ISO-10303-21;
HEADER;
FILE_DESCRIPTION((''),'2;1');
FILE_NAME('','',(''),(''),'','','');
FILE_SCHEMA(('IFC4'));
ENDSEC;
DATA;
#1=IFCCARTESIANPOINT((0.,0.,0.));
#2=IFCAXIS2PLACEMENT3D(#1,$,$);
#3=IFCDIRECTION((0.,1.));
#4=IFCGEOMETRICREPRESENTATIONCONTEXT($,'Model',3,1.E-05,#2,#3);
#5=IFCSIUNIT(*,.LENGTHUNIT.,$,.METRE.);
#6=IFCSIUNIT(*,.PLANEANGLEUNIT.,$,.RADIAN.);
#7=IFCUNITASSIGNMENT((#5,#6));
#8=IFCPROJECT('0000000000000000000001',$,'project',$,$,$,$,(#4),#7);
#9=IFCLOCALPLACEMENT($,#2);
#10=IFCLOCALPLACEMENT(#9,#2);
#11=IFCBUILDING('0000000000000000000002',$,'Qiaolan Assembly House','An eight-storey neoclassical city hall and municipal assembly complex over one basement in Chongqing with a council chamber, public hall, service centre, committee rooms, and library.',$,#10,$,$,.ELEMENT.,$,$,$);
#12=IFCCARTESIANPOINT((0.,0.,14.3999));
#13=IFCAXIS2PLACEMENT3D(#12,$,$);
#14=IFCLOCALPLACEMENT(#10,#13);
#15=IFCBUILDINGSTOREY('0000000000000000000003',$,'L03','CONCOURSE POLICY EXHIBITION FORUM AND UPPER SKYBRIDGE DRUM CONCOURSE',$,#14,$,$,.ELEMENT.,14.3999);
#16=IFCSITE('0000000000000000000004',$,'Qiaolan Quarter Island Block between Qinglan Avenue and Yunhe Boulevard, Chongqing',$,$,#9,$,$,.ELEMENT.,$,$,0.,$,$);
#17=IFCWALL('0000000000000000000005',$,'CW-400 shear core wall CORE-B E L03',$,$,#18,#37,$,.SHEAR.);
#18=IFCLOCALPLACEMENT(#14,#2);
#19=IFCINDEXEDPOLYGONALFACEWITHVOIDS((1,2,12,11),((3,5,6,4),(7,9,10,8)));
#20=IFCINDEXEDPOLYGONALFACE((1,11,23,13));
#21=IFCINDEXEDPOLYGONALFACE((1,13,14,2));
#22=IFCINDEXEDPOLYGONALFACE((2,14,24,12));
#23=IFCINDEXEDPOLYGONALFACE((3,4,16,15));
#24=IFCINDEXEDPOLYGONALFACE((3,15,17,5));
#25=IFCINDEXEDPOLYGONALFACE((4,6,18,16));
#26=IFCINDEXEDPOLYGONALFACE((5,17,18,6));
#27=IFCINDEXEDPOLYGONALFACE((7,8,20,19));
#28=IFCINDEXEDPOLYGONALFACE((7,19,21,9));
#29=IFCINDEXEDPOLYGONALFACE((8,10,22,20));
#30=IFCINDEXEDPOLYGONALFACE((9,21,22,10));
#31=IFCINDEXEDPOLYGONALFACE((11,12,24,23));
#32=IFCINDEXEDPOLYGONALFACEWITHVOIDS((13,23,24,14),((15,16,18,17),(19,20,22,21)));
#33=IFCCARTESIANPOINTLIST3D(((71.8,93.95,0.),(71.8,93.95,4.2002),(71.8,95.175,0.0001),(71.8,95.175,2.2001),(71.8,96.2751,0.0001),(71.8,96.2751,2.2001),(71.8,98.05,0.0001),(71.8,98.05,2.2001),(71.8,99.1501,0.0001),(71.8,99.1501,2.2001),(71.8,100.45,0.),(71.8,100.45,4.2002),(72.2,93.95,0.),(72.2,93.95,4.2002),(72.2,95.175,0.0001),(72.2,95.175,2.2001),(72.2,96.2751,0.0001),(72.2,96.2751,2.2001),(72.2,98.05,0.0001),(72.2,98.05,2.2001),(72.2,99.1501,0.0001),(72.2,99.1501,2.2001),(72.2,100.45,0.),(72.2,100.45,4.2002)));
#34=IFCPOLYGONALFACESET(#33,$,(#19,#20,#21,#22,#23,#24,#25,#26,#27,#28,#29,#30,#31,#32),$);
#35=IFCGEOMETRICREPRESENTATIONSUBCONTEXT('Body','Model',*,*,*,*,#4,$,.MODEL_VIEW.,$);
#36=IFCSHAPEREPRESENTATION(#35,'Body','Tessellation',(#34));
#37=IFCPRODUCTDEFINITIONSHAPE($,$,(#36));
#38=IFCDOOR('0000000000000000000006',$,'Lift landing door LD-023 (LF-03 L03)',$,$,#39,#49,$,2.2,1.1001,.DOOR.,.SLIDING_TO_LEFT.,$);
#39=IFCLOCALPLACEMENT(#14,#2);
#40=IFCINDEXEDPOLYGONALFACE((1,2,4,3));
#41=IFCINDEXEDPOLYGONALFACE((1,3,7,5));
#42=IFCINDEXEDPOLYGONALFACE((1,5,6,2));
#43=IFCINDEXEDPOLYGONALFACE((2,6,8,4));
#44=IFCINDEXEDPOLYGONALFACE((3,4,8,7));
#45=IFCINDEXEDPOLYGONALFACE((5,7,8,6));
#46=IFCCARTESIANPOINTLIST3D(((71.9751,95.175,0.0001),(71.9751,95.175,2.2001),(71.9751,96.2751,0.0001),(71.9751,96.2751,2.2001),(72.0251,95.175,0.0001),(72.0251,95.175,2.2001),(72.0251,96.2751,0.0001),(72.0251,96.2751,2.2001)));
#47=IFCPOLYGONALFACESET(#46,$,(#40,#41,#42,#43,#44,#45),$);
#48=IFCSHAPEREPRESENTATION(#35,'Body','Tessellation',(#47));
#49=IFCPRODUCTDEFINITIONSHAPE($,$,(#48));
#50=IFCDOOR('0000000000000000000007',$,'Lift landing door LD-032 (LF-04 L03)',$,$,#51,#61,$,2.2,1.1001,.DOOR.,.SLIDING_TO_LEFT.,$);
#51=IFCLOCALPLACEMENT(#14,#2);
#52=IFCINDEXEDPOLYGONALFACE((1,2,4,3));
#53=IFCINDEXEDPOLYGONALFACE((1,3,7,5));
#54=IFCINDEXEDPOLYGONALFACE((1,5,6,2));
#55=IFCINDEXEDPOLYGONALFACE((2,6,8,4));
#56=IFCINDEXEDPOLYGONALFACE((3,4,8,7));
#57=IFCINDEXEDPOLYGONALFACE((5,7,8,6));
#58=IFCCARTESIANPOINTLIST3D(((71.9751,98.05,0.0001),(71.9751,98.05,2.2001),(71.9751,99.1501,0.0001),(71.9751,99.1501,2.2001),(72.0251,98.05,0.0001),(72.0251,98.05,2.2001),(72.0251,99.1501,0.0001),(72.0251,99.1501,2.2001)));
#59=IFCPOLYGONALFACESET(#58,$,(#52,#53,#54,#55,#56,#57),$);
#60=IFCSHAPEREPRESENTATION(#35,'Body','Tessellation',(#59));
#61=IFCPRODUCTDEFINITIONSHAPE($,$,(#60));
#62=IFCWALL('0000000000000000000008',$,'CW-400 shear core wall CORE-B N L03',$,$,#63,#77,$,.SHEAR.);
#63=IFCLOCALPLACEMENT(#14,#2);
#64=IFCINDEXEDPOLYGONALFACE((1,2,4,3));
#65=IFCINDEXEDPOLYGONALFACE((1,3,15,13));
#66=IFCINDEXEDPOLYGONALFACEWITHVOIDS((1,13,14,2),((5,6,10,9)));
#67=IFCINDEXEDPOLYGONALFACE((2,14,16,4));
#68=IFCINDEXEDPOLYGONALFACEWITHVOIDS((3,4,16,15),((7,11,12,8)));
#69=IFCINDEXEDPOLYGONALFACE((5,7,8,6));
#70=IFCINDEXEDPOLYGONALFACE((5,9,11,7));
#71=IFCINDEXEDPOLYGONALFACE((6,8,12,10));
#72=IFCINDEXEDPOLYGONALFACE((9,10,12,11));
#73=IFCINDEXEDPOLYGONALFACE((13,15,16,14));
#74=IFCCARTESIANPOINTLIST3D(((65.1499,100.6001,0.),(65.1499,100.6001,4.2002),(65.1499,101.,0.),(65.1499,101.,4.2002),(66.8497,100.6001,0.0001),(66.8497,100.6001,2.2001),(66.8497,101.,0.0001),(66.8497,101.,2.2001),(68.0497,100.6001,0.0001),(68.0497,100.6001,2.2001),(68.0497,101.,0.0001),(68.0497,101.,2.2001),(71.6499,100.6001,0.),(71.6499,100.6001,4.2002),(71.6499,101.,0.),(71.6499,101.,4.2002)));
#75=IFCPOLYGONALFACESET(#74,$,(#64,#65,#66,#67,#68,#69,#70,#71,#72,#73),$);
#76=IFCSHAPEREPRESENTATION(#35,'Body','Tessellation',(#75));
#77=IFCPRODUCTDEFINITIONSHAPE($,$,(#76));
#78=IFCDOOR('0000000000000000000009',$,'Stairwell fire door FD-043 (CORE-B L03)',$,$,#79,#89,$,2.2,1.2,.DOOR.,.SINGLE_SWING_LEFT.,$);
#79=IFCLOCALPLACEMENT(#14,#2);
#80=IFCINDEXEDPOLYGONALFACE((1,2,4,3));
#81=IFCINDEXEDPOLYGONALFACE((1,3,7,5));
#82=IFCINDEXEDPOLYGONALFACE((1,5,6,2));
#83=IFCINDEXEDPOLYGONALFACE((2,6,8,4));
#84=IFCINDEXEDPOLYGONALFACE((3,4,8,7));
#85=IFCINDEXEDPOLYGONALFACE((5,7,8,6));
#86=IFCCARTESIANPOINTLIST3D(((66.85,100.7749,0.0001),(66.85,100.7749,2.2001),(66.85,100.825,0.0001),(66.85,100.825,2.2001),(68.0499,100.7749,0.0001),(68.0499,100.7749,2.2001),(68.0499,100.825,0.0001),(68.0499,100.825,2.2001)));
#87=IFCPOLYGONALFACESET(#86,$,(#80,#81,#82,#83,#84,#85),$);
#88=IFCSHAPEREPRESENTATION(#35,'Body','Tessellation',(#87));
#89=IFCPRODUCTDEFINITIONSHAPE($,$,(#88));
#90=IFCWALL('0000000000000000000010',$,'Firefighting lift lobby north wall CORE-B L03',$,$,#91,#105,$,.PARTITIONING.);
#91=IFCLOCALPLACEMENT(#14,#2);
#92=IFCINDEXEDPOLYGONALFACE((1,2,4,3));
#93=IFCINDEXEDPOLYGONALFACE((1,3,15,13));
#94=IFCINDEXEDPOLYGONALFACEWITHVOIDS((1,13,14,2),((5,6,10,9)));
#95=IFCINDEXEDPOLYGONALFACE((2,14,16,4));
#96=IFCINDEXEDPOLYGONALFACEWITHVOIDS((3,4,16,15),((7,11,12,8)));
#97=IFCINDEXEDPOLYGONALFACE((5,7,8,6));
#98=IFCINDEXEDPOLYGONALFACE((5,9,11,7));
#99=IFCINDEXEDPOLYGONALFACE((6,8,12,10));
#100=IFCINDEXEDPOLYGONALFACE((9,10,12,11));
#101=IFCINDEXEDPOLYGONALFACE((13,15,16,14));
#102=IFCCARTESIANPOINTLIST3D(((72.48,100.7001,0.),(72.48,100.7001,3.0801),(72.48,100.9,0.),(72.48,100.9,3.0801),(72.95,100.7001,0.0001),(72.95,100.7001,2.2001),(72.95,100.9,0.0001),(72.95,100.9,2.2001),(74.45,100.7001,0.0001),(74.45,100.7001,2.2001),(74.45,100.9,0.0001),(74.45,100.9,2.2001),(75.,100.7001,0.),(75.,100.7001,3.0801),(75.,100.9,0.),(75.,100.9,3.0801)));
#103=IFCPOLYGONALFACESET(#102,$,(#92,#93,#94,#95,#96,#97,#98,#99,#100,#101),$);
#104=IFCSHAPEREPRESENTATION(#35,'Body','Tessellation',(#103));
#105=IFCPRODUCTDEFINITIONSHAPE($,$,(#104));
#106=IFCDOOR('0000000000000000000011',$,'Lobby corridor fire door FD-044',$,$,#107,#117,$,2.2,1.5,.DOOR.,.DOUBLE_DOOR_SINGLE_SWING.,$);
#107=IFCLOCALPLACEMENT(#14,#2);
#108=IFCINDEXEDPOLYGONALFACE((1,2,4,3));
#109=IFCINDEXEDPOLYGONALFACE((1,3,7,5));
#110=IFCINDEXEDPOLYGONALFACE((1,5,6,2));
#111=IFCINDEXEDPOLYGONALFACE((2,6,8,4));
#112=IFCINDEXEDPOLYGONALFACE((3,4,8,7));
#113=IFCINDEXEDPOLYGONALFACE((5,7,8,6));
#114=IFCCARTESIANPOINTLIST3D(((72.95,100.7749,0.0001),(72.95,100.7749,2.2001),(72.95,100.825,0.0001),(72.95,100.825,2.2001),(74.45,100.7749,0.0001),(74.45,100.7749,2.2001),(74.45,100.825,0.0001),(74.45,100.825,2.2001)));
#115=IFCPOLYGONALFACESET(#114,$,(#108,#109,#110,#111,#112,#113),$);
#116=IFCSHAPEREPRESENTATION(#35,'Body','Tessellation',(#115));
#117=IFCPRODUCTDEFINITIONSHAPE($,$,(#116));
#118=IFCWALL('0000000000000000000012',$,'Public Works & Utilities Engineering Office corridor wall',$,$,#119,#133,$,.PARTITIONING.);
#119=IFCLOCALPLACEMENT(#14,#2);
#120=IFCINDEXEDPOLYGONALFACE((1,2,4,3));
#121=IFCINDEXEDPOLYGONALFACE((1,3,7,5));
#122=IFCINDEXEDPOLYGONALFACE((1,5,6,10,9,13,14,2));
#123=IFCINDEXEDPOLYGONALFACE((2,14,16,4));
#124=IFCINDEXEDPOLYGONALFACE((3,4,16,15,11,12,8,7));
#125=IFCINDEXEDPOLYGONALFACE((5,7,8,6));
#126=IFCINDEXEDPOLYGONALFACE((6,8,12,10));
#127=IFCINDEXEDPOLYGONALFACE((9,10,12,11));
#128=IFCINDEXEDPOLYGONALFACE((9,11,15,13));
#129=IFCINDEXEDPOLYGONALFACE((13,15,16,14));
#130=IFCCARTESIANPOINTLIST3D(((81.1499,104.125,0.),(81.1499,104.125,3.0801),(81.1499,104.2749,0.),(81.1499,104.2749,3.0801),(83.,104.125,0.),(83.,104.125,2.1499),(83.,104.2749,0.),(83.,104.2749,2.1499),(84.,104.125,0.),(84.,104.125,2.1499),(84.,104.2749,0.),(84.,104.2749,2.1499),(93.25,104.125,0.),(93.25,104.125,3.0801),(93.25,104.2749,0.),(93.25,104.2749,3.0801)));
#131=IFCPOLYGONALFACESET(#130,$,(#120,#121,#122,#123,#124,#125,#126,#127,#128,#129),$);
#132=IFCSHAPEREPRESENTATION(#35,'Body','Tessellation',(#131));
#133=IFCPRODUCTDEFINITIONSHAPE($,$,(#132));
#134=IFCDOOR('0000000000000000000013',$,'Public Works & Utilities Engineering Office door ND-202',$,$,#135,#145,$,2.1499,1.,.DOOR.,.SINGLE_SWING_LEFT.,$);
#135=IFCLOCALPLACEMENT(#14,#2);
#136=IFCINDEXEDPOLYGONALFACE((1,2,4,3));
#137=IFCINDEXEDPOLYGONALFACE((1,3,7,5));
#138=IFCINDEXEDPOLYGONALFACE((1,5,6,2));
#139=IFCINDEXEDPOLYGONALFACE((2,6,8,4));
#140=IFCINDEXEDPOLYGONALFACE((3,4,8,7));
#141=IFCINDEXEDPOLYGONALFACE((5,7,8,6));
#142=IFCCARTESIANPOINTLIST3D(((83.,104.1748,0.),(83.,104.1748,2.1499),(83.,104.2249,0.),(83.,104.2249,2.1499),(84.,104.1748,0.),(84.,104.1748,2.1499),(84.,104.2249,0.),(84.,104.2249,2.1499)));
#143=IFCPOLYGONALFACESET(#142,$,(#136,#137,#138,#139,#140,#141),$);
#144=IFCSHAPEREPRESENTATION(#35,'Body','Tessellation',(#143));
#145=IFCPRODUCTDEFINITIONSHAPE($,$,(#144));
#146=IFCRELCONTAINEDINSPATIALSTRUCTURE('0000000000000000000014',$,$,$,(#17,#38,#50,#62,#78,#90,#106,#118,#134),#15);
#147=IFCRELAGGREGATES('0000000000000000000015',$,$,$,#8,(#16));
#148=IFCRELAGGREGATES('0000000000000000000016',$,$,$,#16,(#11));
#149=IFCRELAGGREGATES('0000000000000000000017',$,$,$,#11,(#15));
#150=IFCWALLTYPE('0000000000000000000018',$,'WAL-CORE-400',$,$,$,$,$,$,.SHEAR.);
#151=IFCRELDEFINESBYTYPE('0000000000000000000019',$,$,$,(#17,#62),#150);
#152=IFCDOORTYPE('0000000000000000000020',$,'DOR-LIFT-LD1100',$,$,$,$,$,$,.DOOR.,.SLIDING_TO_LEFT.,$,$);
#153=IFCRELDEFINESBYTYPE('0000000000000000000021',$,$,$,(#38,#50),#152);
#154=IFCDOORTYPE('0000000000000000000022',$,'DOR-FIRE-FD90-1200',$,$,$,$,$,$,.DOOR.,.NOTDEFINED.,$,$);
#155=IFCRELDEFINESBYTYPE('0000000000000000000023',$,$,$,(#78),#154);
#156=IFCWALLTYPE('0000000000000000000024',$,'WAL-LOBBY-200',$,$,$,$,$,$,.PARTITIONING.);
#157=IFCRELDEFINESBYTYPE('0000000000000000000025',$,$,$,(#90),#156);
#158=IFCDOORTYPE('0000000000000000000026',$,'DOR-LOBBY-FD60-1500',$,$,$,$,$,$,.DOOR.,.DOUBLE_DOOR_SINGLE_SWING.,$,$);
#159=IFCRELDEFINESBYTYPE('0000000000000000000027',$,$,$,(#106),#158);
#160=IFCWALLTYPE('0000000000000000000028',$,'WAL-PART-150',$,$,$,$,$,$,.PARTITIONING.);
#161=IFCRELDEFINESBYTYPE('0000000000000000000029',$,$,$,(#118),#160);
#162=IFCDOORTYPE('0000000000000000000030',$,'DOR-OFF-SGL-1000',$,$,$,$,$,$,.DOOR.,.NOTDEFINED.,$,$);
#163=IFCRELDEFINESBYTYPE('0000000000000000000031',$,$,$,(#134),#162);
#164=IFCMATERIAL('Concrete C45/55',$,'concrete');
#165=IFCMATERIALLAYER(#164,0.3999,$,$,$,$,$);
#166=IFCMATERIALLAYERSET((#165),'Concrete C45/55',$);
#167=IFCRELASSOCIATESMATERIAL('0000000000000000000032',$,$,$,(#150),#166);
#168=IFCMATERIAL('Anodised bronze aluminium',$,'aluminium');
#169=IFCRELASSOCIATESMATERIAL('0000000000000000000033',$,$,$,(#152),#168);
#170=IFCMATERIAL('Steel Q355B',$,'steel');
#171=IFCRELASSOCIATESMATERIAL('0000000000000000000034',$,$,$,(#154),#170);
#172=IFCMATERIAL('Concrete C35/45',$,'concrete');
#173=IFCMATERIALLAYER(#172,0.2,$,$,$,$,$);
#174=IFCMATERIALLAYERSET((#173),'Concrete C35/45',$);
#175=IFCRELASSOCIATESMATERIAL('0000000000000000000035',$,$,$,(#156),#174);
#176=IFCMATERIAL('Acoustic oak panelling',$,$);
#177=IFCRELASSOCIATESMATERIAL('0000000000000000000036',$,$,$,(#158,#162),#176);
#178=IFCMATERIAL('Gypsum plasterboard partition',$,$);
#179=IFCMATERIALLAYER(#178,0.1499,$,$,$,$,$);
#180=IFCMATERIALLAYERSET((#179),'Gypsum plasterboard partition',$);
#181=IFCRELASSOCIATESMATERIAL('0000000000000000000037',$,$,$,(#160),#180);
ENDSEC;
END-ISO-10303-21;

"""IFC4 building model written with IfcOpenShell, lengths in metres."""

from ifc_helpers import new_model, si_unit, direction, frame, frame_2d, origin, place, context, subcontext, project, spatial, rectangle, extrude, material, layer, layer_set, type_object, element, fill, save


model = new_model("IFC4")

# Units and contexts
model_context = context("Model", 3, precision=1e-05, world=origin(), true_north=direction((0.0, 1.0)))
body_context = subcontext(model_context, "Body", "Model", "MODEL_VIEW")
ifc_project = project(units=[si_unit("LENGTHUNIT", "METRE"), si_unit("PLANEANGLEUNIT", "RADIAN")], contexts=[model_context])

# Site, building, storey
site_placement = place(None, origin())
site = spatial("IfcSite", under=ifc_project, at=site_placement, Name="Qiaolan Quarter Island Block between Qinglan Avenue and Yunhe Boulevard, Chongqing", CompositionType="ELEMENT", RefElevation=0.0)
building_placement = place(site_placement, origin())
building = spatial("IfcBuilding", under=site, at=building_placement, Name="Qiaolan Assembly House", Description="An eight-storey neoclassical city hall and municipal assembly complex over one basement in Chongqing with a council chamber, public hall, service centre, committee rooms, and library.", CompositionType="ELEMENT")
storey_placement = place(building_placement, frame((0.0, 0.0, 14.3999)))
storey = spatial("IfcBuildingStorey", under=building, at=storey_placement, Name="L03", Description="CONCOURSE POLICY EXHIBITION FORUM AND UPPER SKYBRIDGE DRUM CONCOURSE", CompositionType="ELEMENT", Elevation=14.3999)

# Shared definitions
ifc_material_1 = material(Name="Concrete C45/55", Category="concrete")

# Wall, openings, doors
ifc_layer_1 = layer(ifc_material_1, 0.3999)
ifc_layer_set_1 = layer_set([ifc_layer_1], Name="Concrete C45/55")
wall_type_1 = type_object("IfcWallType", Name="WAL-CORE-400", PredefinedType="SHEAR", material=ifc_layer_set_1)
wall_1_placement = place(storey_placement, frame((72.0, 93.95, 0.0), z_axis=(0.0, 0.0, 1.0), x_axis=(0.0, 1.0, 0.0)))
wall_1 = element("IfcWall", 1, at=wall_1_placement, inside=storey, type_object=wall_type_1, Name="CW-400 shear core wall CORE-B E L03", PredefinedType="SHEAR", context=body_context, shape_type="SweptSolid", body=[
    extrude(rectangle(XDim=6.5, YDim=0.3999, at=frame_2d((3.25, 0.0))), origin(), (0.0, 0.0, 1.0), 4.2002),
])
opening_1_placement = place(wall_1_placement, frame((1.2251, 0.0, 0.0)))
opening_1 = element("IfcOpeningElement", 2, at=opening_1_placement, cuts=wall_1, PredefinedType="OPENING", context=body_context, shape_type="SweptSolid", body=[
    extrude(rectangle(XDim=1.1001, YDim=2.2, at=frame_2d((0.55, 1.1001))), frame((0.0, 0.21, 0.0), z_axis=(0.0, -1.0, 0.0), x_axis=(1.0, 0.0, 0.0)), (0.0, 0.0, 1.0), 0.4199),
])
opening_2_placement = place(wall_1_placement, frame((4.1001, 0.0, 0.0)))
opening_2 = element("IfcOpeningElement", 3, at=opening_2_placement, cuts=wall_1, PredefinedType="OPENING", context=body_context, shape_type="SweptSolid", body=[
    extrude(rectangle(XDim=1.1001, YDim=2.2, at=frame_2d((0.55, 1.1001))), frame((0.0, 0.21, 0.0), z_axis=(0.0, -1.0, 0.0), x_axis=(1.0, 0.0, 0.0)), (0.0, 0.0, 1.0), 0.4199),
])
ifc_material_2 = material(Name="Anodised bronze aluminium", Category="aluminium")
door_type_1 = type_object("IfcDoorType", Name="DOR-LIFT-LD1100", OperationType="SLIDING_TO_LEFT", PredefinedType="DOOR", material=ifc_material_2)
door_1_placement = place(opening_1_placement, origin())
door_1 = element("IfcDoor", 4, at=door_1_placement, inside=storey, type_object=door_type_1, Name="Lift landing door LD-023 (LF-03 L03)", OperationType="SLIDING_TO_LEFT", OverallHeight=2.2, OverallWidth=1.1001, PredefinedType="DOOR", context=body_context, shape_type="SweptSolid", body=[
    extrude(rectangle(XDim=1.1001, YDim=2.2, at=frame_2d((0.55, 1.1001))), frame((0.0, 0.0249, 0.0), z_axis=(0.0, -1.0, 0.0), x_axis=(1.0, 0.0, 0.0)), (0.0, 0.0, 1.0), 0.05),
])
fill(opening_1, door_1)
door_2_placement = place(opening_2_placement, origin())
door_2 = element("IfcDoor", 5, at=door_2_placement, inside=storey, type_object=door_type_1, Name="Lift landing door LD-032 (LF-04 L03)", OperationType="SLIDING_TO_LEFT", OverallHeight=2.2, OverallWidth=1.1001, PredefinedType="DOOR", context=body_context, shape_type="SweptSolid", body=[
    extrude(rectangle(XDim=1.1001, YDim=2.2, at=frame_2d((0.55, 1.1001))), frame((0.0, 0.0249, 0.0), z_axis=(0.0, -1.0, 0.0), x_axis=(1.0, 0.0, 0.0)), (0.0, 0.0, 1.0), 0.05),
])
fill(opening_2, door_2)

# Walls, openings, doors
wall_2_placement = place(storey_placement, frame((71.6499, 100.8, 0.0), z_axis=(0.0, 0.0, 1.0), x_axis=(-1.0, 0.0, 0.0)))
wall_2 = element("IfcWall", 6, at=wall_2_placement, inside=storey, type_object=wall_type_1, Name="CW-400 shear core wall CORE-B N L03", PredefinedType="SHEAR", context=body_context, shape_type="SweptSolid", body=[
    extrude(rectangle(XDim=6.5, YDim=0.3999, at=frame_2d((3.25, 0.0))), origin(), (0.0, 0.0, 1.0), 4.2002),
])
opening_3_placement = place(wall_2_placement, frame((3.6001, 0.0, 0.0)))
opening_3 = element("IfcOpeningElement", 7, at=opening_3_placement, cuts=wall_2, PredefinedType="OPENING", context=body_context, shape_type="SweptSolid", body=[
    extrude(rectangle(XDim=1.2, YDim=2.2, at=frame_2d((0.6001, 1.1001))), frame((0.0, 0.21, 0.0), z_axis=(0.0, -1.0, 0.0), x_axis=(1.0, 0.0, 0.0)), (0.0, 0.0, 1.0), 0.4199),
])
ifc_material_3 = material(Name="Steel Q355B", Category="steel")
door_type_2 = type_object("IfcDoorType", Name="DOR-FIRE-FD90-1200", OperationType="NOTDEFINED", PredefinedType="DOOR", material=ifc_material_3)
door_3_placement = place(opening_3_placement, frame((1.2, 0.0, 0.0), z_axis=(0.0, 0.0, 1.0), x_axis=(-1.0, 0.0, 0.0)))
door_3 = element("IfcDoor", 8, at=door_3_placement, inside=storey, type_object=door_type_2, Name="Stairwell fire door FD-043 (CORE-B L03)", OperationType="SINGLE_SWING_LEFT", OverallHeight=2.2, OverallWidth=1.2, PredefinedType="DOOR", context=body_context, shape_type="SweptSolid", body=[
    extrude(rectangle(XDim=1.2, YDim=2.2, at=frame_2d((0.6001, 1.1001))), frame((0.0, 0.0249, 0.0), z_axis=(0.0, -1.0, 0.0), x_axis=(1.0, 0.0, 0.0)), (0.0, 0.0, 1.0), 0.05),
])
fill(opening_3, door_3)
ifc_material_4 = material(Name="Concrete C35/45", Category="concrete")
ifc_layer_2 = layer(ifc_material_4, 0.2)
ifc_layer_set_2 = layer_set([ifc_layer_2], Name="Concrete C35/45")
wall_type_2 = type_object("IfcWallType", Name="WAL-LOBBY-200", PredefinedType="PARTITIONING", material=ifc_layer_set_2)
wall_3_placement = place(storey_placement, frame((75.0, 100.8, 0.0), z_axis=(0.0, 0.0, 1.0), x_axis=(-1.0, 0.0, 0.0)))
wall_3 = element("IfcWall", 9, at=wall_3_placement, inside=storey, type_object=wall_type_2, Name="Firefighting lift lobby north wall CORE-B L03", PredefinedType="PARTITIONING", context=body_context, shape_type="SweptSolid", body=[
    extrude(rectangle(XDim=2.52, YDim=0.2, at=frame_2d((1.26, 0.0))), origin(), (0.0, 0.0, 1.0), 3.0801),
])
opening_4_placement = place(wall_3_placement, frame((0.55, 0.0, 0.0)))
opening_4 = element("IfcOpeningElement", 10, at=opening_4_placement, cuts=wall_3, PredefinedType="OPENING", context=body_context, shape_type="SweptSolid", body=[
    extrude(rectangle(XDim=1.5, YDim=2.2, at=frame_2d((0.75, 1.1001))), frame((0.0, 0.1099, 0.0), z_axis=(0.0, -1.0, 0.0), x_axis=(1.0, 0.0, 0.0)), (0.0, 0.0, 1.0), 0.22),
])
ifc_material_5 = material(Name="Acoustic oak panelling")
door_type_3 = type_object("IfcDoorType", Name="DOR-LOBBY-FD60-1500", OperationType="DOUBLE_DOOR_SINGLE_SWING", PredefinedType="DOOR", material=ifc_material_5)
door_4_placement = place(opening_4_placement, frame((1.5, 0.0, 0.0), z_axis=(0.0, 0.0, 1.0), x_axis=(-1.0, 0.0, 0.0)))
door_4 = element("IfcDoor", 11, at=door_4_placement, inside=storey, type_object=door_type_3, Name="Lobby corridor fire door FD-044", OperationType="DOUBLE_DOOR_SINGLE_SWING", OverallHeight=2.2, OverallWidth=1.5, PredefinedType="DOOR", context=body_context, shape_type="SweptSolid", body=[
    extrude(rectangle(XDim=1.5, YDim=2.2, at=frame_2d((0.75, 1.1001))), frame((0.0, 0.0249, 0.0), z_axis=(0.0, -1.0, 0.0), x_axis=(1.0, 0.0, 0.0)), (0.0, 0.0, 1.0), 0.05),
])
fill(opening_4, door_4)
ifc_material_6 = material(Name="Gypsum plasterboard partition")
ifc_layer_3 = layer(ifc_material_6, 0.1499)
ifc_layer_set_3 = layer_set([ifc_layer_3], Name="Gypsum plasterboard partition")
wall_type_3 = type_object("IfcWallType", Name="WAL-PART-150", PredefinedType="PARTITIONING", material=ifc_layer_set_3)
wall_4_placement = place(storey_placement, frame((81.1499, 104.2, 0.0), z_axis=(0.0, 0.0, 1.0), x_axis=(1.0, 0.0, 0.0)))
wall_4 = element("IfcWall", 12, at=wall_4_placement, inside=storey, type_object=wall_type_3, Name="Public Works & Utilities Engineering Office corridor wall", PredefinedType="PARTITIONING", context=body_context, shape_type="SweptSolid", body=[
    extrude(rectangle(XDim=12.1001, YDim=0.1499, at=frame_2d((6.05, 0.0))), origin(), (0.0, 0.0, 1.0), 3.0801),
])
opening_5_placement = place(wall_4_placement, frame((1.8501, 0.0, 0.0)))
opening_5 = element("IfcOpeningElement", 13, at=opening_5_placement, cuts=wall_4, PredefinedType="OPENING", context=body_context, shape_type="SweptSolid", body=[
    extrude(rectangle(XDim=1.0, YDim=2.1499, at=frame_2d((0.5, 1.075))), frame((0.0, 0.085, 0.0), z_axis=(0.0, -1.0, 0.0), x_axis=(1.0, 0.0, 0.0)), (0.0, 0.0, 1.0), 0.1699),
])
door_type_4 = type_object("IfcDoorType", Name="DOR-OFF-SGL-1000", OperationType="NOTDEFINED", PredefinedType="DOOR", material=ifc_material_5)
door_5_placement = place(opening_5_placement, origin())
door_5 = element("IfcDoor", 14, at=door_5_placement, inside=storey, type_object=door_type_4, Name="Public Works & Utilities Engineering Office door ND-202", OperationType="SINGLE_SWING_LEFT", OverallHeight=2.1499, OverallWidth=1.0, PredefinedType="DOOR", context=body_context, shape_type="SweptSolid", body=[
    extrude(rectangle(XDim=1.0, YDim=2.1499, at=frame_2d((0.5, 1.075))), frame((0.0, 0.0249, 0.0), z_axis=(0.0, -1.0, 0.0), x_axis=(1.0, 0.0, 0.0)), (0.0, 0.0, 1.0), 0.05),
])
fill(opening_5, door_5)

save(model, "model.ifc")
